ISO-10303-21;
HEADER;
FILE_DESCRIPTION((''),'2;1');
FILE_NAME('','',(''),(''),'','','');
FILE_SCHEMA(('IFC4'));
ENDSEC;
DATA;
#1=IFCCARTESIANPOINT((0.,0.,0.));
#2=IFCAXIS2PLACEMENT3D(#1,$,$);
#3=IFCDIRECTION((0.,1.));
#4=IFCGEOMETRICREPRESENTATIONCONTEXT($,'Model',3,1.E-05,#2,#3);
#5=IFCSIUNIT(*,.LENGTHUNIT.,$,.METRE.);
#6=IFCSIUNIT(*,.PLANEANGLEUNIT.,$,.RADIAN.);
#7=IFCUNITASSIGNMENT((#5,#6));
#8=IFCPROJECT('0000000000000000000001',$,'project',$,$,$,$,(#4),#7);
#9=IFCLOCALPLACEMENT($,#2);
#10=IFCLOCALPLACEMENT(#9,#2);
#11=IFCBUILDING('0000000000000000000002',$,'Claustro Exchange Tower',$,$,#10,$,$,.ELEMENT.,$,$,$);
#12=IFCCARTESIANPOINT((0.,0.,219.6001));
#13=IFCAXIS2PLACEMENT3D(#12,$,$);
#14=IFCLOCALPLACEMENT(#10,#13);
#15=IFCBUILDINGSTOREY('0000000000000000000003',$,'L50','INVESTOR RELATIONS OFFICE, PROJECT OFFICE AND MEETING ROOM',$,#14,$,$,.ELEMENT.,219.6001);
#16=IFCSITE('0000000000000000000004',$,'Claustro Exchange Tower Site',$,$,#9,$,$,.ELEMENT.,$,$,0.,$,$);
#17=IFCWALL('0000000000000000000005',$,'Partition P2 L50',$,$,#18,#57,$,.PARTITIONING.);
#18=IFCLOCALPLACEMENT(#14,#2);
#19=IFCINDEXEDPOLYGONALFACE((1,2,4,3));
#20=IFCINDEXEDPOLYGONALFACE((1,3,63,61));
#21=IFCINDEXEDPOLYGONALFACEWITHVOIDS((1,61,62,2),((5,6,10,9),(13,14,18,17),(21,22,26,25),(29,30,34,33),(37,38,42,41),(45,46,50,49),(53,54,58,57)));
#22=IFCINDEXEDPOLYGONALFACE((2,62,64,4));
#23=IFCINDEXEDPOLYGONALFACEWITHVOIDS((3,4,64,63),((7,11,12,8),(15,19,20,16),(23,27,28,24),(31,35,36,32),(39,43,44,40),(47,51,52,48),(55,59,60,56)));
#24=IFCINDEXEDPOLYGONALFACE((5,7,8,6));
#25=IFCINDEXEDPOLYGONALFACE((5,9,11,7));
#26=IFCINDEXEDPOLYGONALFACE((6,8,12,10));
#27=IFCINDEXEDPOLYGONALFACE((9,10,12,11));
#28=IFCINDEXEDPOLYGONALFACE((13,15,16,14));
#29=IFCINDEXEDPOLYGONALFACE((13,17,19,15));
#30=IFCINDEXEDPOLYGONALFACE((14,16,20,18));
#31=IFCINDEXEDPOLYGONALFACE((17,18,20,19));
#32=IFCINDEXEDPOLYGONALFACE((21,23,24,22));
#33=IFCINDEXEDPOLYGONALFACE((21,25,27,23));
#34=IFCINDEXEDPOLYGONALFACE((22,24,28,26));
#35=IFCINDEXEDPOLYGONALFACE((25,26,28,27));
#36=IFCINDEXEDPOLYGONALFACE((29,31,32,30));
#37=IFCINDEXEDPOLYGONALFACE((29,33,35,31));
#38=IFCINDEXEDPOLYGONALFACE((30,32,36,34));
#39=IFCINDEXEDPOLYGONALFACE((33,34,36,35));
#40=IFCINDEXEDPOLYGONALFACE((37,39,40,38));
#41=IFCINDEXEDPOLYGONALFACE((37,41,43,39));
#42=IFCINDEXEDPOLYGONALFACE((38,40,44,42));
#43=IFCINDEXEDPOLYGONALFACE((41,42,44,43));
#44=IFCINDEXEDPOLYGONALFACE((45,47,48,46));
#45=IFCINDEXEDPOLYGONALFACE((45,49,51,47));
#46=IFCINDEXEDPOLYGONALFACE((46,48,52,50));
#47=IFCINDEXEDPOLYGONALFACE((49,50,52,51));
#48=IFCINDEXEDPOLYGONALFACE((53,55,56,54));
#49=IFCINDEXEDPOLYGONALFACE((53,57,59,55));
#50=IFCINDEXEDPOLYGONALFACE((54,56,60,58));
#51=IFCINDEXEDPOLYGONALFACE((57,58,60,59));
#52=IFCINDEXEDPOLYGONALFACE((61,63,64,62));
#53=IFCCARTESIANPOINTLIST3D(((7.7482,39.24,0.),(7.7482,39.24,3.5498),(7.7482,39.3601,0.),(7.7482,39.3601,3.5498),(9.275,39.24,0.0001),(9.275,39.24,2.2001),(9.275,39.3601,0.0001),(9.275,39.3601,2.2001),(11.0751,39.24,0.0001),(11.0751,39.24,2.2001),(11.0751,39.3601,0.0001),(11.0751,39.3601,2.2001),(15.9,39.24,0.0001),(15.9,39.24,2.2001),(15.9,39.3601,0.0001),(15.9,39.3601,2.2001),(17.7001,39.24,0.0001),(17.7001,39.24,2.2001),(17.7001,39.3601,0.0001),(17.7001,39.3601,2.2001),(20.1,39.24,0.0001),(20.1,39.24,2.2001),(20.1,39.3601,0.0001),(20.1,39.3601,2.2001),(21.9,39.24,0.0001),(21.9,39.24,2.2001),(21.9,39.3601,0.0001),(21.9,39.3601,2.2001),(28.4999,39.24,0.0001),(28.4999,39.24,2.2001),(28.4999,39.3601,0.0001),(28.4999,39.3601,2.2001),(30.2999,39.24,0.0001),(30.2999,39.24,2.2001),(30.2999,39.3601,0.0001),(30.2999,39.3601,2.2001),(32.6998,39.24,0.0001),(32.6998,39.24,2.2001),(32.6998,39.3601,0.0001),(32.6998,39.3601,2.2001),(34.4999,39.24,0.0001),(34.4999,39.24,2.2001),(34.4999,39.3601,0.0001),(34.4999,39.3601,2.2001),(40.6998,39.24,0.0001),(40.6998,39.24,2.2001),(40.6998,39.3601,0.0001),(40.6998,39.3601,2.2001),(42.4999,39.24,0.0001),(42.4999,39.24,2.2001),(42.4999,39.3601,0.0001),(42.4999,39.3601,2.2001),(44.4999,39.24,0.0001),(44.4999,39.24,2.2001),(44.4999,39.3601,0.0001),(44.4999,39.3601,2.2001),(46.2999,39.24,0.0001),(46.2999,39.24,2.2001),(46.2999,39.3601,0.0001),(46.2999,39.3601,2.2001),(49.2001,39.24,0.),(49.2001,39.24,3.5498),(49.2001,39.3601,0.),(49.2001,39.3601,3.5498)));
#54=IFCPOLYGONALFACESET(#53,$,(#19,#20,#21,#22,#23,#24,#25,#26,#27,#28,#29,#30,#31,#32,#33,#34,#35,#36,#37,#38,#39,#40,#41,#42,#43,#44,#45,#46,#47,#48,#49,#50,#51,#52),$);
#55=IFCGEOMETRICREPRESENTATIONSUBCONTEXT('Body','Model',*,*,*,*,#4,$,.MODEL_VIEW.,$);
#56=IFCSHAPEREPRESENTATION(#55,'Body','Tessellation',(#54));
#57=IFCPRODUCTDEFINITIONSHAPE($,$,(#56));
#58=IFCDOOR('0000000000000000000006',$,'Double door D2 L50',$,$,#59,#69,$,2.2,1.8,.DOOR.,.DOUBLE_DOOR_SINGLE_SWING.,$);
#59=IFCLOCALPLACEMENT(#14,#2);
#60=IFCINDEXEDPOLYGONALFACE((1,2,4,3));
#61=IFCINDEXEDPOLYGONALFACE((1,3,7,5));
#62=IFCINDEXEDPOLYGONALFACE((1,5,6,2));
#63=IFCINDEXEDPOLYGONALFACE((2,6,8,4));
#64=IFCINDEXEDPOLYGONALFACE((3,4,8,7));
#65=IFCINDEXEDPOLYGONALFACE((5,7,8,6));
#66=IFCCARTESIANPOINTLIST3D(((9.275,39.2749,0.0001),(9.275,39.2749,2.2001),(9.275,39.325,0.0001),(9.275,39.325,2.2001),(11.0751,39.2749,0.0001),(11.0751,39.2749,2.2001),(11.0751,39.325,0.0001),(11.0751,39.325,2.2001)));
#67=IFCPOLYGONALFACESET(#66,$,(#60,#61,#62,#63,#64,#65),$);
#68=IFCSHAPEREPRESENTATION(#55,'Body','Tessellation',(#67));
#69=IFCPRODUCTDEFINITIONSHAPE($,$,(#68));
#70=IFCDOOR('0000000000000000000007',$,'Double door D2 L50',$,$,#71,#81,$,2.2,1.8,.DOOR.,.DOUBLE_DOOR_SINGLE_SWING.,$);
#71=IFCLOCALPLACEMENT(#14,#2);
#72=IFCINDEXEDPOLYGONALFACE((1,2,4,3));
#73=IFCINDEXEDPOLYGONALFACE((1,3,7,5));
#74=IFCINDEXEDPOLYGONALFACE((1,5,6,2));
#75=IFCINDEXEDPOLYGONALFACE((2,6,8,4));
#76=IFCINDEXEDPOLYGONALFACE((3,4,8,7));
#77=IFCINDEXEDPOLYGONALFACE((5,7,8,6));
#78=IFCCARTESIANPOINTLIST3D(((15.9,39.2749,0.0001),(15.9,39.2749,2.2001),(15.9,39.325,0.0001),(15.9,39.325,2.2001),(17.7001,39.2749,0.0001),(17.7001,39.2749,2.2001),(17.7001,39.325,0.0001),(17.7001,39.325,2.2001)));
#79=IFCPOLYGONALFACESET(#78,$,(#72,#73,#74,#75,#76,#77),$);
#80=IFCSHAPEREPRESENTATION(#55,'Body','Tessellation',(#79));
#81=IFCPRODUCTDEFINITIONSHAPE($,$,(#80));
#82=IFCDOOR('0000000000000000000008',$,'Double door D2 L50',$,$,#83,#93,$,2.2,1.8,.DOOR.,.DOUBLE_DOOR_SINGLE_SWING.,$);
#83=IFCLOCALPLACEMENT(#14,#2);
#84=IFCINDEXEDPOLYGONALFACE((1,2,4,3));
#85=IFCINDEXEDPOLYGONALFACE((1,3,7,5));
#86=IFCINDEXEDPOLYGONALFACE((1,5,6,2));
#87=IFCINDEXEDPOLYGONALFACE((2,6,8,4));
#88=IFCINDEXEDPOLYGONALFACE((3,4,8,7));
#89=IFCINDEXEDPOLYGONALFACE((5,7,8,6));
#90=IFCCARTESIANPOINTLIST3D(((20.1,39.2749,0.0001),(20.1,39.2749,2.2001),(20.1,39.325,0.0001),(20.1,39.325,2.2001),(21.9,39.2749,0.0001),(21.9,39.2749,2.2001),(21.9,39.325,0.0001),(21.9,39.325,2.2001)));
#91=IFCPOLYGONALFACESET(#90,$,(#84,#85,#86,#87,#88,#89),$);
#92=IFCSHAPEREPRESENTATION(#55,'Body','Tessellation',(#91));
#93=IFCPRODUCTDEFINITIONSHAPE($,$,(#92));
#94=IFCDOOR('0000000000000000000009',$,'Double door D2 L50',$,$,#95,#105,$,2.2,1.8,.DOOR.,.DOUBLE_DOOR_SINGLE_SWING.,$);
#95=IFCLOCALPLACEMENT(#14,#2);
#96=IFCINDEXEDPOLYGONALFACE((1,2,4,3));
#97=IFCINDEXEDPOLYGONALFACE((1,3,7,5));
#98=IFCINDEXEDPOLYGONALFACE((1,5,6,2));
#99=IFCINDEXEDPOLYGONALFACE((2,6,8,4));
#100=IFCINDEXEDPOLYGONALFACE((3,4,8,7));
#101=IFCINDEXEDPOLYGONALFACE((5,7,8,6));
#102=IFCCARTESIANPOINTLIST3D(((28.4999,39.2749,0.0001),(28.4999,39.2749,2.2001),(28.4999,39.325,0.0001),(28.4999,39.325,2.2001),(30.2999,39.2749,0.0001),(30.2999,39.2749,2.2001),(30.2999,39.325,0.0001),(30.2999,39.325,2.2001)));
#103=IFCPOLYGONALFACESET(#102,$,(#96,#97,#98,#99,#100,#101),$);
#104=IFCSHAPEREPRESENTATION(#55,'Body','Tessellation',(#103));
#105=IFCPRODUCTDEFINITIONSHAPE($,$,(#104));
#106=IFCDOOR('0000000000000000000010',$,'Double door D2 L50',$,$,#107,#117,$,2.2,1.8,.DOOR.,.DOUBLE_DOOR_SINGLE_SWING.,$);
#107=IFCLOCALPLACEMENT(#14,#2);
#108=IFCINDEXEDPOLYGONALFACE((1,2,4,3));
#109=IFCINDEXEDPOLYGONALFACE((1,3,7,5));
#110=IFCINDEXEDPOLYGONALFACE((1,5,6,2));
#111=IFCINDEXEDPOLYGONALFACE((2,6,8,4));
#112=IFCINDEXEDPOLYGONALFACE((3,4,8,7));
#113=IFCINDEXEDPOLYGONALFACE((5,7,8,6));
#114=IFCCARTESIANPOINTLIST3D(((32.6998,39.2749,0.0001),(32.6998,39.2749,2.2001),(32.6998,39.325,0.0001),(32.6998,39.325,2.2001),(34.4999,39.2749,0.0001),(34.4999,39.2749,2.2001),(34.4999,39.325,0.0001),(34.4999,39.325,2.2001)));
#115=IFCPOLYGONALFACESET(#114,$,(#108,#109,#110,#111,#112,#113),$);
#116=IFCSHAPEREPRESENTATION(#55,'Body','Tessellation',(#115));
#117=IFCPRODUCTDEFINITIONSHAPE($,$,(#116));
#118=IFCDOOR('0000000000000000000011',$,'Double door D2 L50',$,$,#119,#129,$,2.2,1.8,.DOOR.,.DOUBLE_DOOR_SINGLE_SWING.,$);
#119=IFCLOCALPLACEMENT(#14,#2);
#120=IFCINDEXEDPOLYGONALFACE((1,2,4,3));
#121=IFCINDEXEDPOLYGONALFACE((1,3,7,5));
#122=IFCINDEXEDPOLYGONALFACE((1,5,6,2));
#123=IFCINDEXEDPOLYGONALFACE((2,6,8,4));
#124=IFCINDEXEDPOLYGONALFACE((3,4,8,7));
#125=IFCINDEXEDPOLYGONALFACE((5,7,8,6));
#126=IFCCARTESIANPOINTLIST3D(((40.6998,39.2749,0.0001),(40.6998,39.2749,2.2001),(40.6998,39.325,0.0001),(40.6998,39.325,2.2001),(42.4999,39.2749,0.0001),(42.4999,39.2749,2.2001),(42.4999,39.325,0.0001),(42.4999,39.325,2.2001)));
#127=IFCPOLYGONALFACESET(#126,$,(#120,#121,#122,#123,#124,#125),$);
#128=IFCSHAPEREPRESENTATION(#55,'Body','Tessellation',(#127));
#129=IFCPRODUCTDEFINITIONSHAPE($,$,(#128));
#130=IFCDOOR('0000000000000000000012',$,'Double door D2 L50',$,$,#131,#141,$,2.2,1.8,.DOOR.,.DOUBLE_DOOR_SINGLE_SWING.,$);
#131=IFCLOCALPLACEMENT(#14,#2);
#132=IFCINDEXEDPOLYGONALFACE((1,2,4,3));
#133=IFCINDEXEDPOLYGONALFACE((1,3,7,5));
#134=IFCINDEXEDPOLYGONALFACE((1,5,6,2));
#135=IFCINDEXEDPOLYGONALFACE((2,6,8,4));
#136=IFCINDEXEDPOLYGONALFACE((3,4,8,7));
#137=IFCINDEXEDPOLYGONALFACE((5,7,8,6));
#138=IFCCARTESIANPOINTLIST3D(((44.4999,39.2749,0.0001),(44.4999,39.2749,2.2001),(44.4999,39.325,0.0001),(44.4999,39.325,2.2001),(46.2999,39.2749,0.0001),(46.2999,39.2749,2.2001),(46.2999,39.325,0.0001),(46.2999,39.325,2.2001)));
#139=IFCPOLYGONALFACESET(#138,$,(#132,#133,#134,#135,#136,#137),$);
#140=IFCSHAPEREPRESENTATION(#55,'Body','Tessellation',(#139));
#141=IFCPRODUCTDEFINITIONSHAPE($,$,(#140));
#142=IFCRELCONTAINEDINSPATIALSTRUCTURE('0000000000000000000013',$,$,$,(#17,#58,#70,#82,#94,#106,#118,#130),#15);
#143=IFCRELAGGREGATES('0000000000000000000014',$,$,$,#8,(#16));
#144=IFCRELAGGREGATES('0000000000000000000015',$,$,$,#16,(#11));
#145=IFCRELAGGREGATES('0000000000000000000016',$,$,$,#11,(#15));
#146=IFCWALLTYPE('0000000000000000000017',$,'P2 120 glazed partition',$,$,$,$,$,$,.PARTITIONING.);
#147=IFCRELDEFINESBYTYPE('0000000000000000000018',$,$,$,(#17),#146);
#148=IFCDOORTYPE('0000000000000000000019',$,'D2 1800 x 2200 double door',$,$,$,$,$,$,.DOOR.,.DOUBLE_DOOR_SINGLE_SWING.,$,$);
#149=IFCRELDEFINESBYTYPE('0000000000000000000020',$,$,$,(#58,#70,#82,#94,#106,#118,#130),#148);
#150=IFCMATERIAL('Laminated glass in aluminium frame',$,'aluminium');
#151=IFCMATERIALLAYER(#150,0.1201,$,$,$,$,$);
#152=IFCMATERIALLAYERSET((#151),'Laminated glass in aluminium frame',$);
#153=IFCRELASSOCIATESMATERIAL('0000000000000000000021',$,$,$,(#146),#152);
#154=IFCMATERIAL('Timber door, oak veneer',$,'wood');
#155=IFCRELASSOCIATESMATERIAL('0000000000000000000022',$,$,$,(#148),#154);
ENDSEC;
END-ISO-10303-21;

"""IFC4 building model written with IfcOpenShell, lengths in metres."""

from ifc_helpers import new_model, si_unit, direction, frame, frame_2d, origin, place, context, subcontext, project, spatial, rectangle, extrude, material, layer, layer_set, type_object, element, fill, save


model = new_model("IFC4")

# Units and contexts
model_context = context("Model", 3, precision=1e-05, world=origin(), true_north=direction((0.0, 1.0)))
body_context = subcontext(model_context, "Body", "Model", "MODEL_VIEW")
ifc_project = project(units=[si_unit("LENGTHUNIT", "METRE"), si_unit("PLANEANGLEUNIT", "RADIAN")], contexts=[model_context])

# Site, building, storey
site_placement = place(None, origin())
site = spatial("IfcSite", under=ifc_project, at=site_placement, Name="Claustro Exchange Tower Site", CompositionType="ELEMENT", RefElevation=0.0)
building_placement = place(site_placement, origin())
building = spatial("IfcBuilding", under=site, at=building_placement, Name="Claustro Exchange Tower", CompositionType="ELEMENT")
storey_placement = place(building_placement, frame((0.0, 0.0, 219.6001)))
storey = spatial("IfcBuildingStorey", under=building, at=storey_placement, Name="L50", Description="INVESTOR RELATIONS OFFICE, PROJECT OFFICE AND MEETING ROOM", CompositionType="ELEMENT", Elevation=219.6001)

# Shared definitions
ifc_material_1 = material(Name="Laminated glass in aluminium frame", Category="aluminium")
ifc_layer_1 = layer(ifc_material_1, 0.1201)
ifc_layer_set_1 = layer_set([ifc_layer_1], Name="Laminated glass in aluminium frame")
wall_type_1 = type_object("IfcWallType", Name="P2 120 glazed partition", PredefinedType="PARTITIONING", material=ifc_layer_set_1)

# Wall, openings, doors
wall_1_placement = place(storey_placement, frame((7.748, 39.3, 0.0), z_axis=(0.0, 0.0, 1.0), x_axis=(1.0, 0.0, 0.0)))
wall_1 = element("IfcWall", 1, at=wall_1_placement, inside=storey, type_object=wall_type_1, Name="Partition P2 L50", PredefinedType="PARTITIONING", context=body_context, shape_type="SweptSolid", body=[
    extrude(rectangle(XDim=41.4519, YDim=0.1201, at=frame_2d((20.7261, 0.0))), origin(), (0.0, 0.0, 1.0), 3.5498),
])
opening_1_placement = place(wall_1_placement, frame((1.5271, 0.0, 0.0)))
opening_1 = element("IfcOpeningElement", 2, at=opening_1_placement, cuts=wall_1, PredefinedType="OPENING", context=body_context, shape_type="SweptSolid", body=[
    extrude(rectangle(XDim=1.8, YDim=2.2, at=frame_2d((0.8999, 1.1001))), frame((0.0, 0.0701, 0.0), z_axis=(0.0, -1.0, 0.0), x_axis=(1.0, 0.0, 0.0)), (0.0, 0.0, 1.0), 0.1401),
])
opening_2_placement = place(wall_1_placement, frame((8.1521, 0.0, 0.0)))
opening_2 = element("IfcOpeningElement", 3, at=opening_2_placement, cuts=wall_1, PredefinedType="OPENING", context=body_context, shape_type="SweptSolid", body=[
    extrude(rectangle(XDim=1.8, YDim=2.2, at=frame_2d((0.8999, 1.1001))), frame((0.0, 0.0701, 0.0), z_axis=(0.0, -1.0, 0.0), x_axis=(1.0, 0.0, 0.0)), (0.0, 0.0, 1.0), 0.1401),
])
opening_3_placement = place(wall_1_placement, frame((12.3521, 0.0, 0.0)))
opening_3 = element("IfcOpeningElement", 4, at=opening_3_placement, cuts=wall_1, PredefinedType="OPENING", context=body_context, shape_type="SweptSolid", body=[
    extrude(rectangle(XDim=1.8, YDim=2.2, at=frame_2d((0.8999, 1.1001))), frame((0.0, 0.0701, 0.0), z_axis=(0.0, -1.0, 0.0), x_axis=(1.0, 0.0, 0.0)), (0.0, 0.0, 1.0), 0.1401),
])
opening_4_placement = place(wall_1_placement, frame((20.752, 0.0, 0.0)))
opening_4 = element("IfcOpeningElement", 5, at=opening_4_placement, cuts=wall_1, PredefinedType="OPENING", context=body_context, shape_type="SweptSolid", body=[
    extrude(rectangle(XDim=1.8, YDim=2.2, at=frame_2d((0.8999, 1.1001))), frame((0.0, 0.0701, 0.0), z_axis=(0.0, -1.0, 0.0), x_axis=(1.0, 0.0, 0.0)), (0.0, 0.0, 1.0), 0.1401),
])
opening_5_placement = place(wall_1_placement, frame((24.9519, 0.0, 0.0)))
opening_5 = element("IfcOpeningElement", 6, at=opening_5_placement, cuts=wall_1, PredefinedType="OPENING", context=body_context, shape_type="SweptSolid", body=[
    extrude(rectangle(XDim=1.8, YDim=2.2, at=frame_2d((0.8999, 1.1001))), frame((0.0, 0.0701, 0.0), z_axis=(0.0, -1.0, 0.0), x_axis=(1.0, 0.0, 0.0)), (0.0, 0.0, 1.0), 0.1401),
])
opening_6_placement = place(wall_1_placement, frame((32.9519, 0.0, 0.0)))
opening_6 = element("IfcOpeningElement", 7, at=opening_6_placement, cuts=wall_1, PredefinedType="OPENING", context=body_context, shape_type="SweptSolid", body=[
    extrude(rectangle(XDim=1.8, YDim=2.2, at=frame_2d((0.8999, 1.1001))), frame((0.0, 0.0701, 0.0), z_axis=(0.0, -1.0, 0.0), x_axis=(1.0, 0.0, 0.0)), (0.0, 0.0, 1.0), 0.1401),
])
opening_7_placement = place(wall_1_placement, frame((36.752, 0.0, 0.0)))
opening_7 = element("IfcOpeningElement", 8, at=opening_7_placement, cuts=wall_1, PredefinedType="OPENING", context=body_context, shape_type="SweptSolid", body=[
    extrude(rectangle(XDim=1.8, YDim=2.2, at=frame_2d((0.8999, 1.1001))), frame((0.0, 0.0701, 0.0), z_axis=(0.0, -1.0, 0.0), x_axis=(1.0, 0.0, 0.0)), (0.0, 0.0, 1.0), 0.1401),
])
ifc_material_2 = material(Name="Timber door, oak veneer", Category="wood")
door_type_1 = type_object("IfcDoorType", Name="D2 1800 x 2200 double door", OperationType="DOUBLE_DOOR_SINGLE_SWING", PredefinedType="DOOR", material=ifc_material_2)
door_1_placement = place(opening_1_placement, origin())
door_1 = element("IfcDoor", 9, at=door_1_placement, inside=storey, type_object=door_type_1, Name="Double door D2 L50", OperationType="DOUBLE_DOOR_SINGLE_SWING", OverallHeight=2.2, OverallWidth=1.8, PredefinedType="DOOR", context=body_context, shape_type="SweptSolid", body=[
    extrude(rectangle(XDim=1.8, YDim=2.2, at=frame_2d((0.8999, 1.1001))), frame((0.0, 0.0249, 0.0), z_axis=(0.0, -1.0, 0.0), x_axis=(1.0, 0.0, 0.0)), (0.0, 0.0, 1.0), 0.05),
])
fill(opening_1, door_1)
door_2_placement = place(opening_2_placement, origin())
door_2 = element("IfcDoor", 10, at=door_2_placement, inside=storey, type_object=door_type_1, Name="Double door D2 L50", OperationType="DOUBLE_DOOR_SINGLE_SWING", OverallHeight=2.2, OverallWidth=1.8, PredefinedType="DOOR", context=body_context, shape_type="SweptSolid", body=[
    extrude(rectangle(XDim=1.8, YDim=2.2, at=frame_2d((0.8999, 1.1001))), frame((0.0, 0.0249, 0.0), z_axis=(0.0, -1.0, 0.0), x_axis=(1.0, 0.0, 0.0)), (0.0, 0.0, 1.0), 0.05),
])
fill(opening_2, door_2)
door_3_placement = place(opening_3_placement, origin())
door_3 = element("IfcDoor", 11, at=door_3_placement, inside=storey, type_object=door_type_1, Name="Double door D2 L50", OperationType="DOUBLE_DOOR_SINGLE_SWING", OverallHeight=2.2, OverallWidth=1.8, PredefinedType="DOOR", context=body_context, shape_type="SweptSolid", body=[
    extrude(rectangle(XDim=1.8, YDim=2.2, at=frame_2d((0.8999, 1.1001))), frame((0.0, 0.0249, 0.0), z_axis=(0.0, -1.0, 0.0), x_axis=(1.0, 0.0, 0.0)), (0.0, 0.0, 1.0), 0.05),
])
fill(opening_3, door_3)
door_4_placement = place(opening_4_placement, origin())
door_4 = element("IfcDoor", 12, at=door_4_placement, inside=storey, type_object=door_type_1, Name="Double door D2 L50", OperationType="DOUBLE_DOOR_SINGLE_SWING", OverallHeight=2.2, OverallWidth=1.8, PredefinedType="DOOR", context=body_context, shape_type="SweptSolid", body=[
    extrude(rectangle(XDim=1.8, YDim=2.2, at=frame_2d((0.8999, 1.1001))), frame((0.0, 0.0249, 0.0), z_axis=(0.0, -1.0, 0.0), x_axis=(1.0, 0.0, 0.0)), (0.0, 0.0, 1.0), 0.05),
])
fill(opening_4, door_4)
door_5_placement = place(opening_5_placement, origin())
door_5 = element("IfcDoor", 13, at=door_5_placement, inside=storey, type_object=door_type_1, Name="Double door D2 L50", OperationType="DOUBLE_DOOR_SINGLE_SWING", OverallHeight=2.2, OverallWidth=1.8, PredefinedType="DOOR", context=body_context, shape_type="SweptSolid", body=[
    extrude(rectangle(XDim=1.8, YDim=2.2, at=frame_2d((0.8999, 1.1001))), frame((0.0, 0.0249, 0.0), z_axis=(0.0, -1.0, 0.0), x_axis=(1.0, 0.0, 0.0)), (0.0, 0.0, 1.0), 0.05),
])
fill(opening_5, door_5)
door_6_placement = place(opening_6_placement, origin())
door_6 = element("IfcDoor", 14, at=door_6_placement, inside=storey, type_object=door_type_1, Name="Double door D2 L50", OperationType="DOUBLE_DOOR_SINGLE_SWING", OverallHeight=2.2, OverallWidth=1.8, PredefinedType="DOOR", context=body_context, shape_type="SweptSolid", body=[
    extrude(rectangle(XDim=1.8, YDim=2.2, at=frame_2d((0.8999, 1.1001))), frame((0.0, 0.0249, 0.0), z_axis=(0.0, -1.0, 0.0), x_axis=(1.0, 0.0, 0.0)), (0.0, 0.0, 1.0), 0.05),
])
fill(opening_6, door_6)
door_7_placement = place(opening_7_placement, origin())
door_7 = element("IfcDoor", 15, at=door_7_placement, inside=storey, type_object=door_type_1, Name="Double door D2 L50", OperationType="DOUBLE_DOOR_SINGLE_SWING", OverallHeight=2.2, OverallWidth=1.8, PredefinedType="DOOR", context=body_context, shape_type="SweptSolid", body=[
    extrude(rectangle(XDim=1.8, YDim=2.2, at=frame_2d((0.8999, 1.1001))), frame((0.0, 0.0249, 0.0), z_axis=(0.0, -1.0, 0.0), x_axis=(1.0, 0.0, 0.0)), (0.0, 0.0, 1.0), 0.05),
])
fill(opening_7, door_7)

save(model, "model.ifc")
